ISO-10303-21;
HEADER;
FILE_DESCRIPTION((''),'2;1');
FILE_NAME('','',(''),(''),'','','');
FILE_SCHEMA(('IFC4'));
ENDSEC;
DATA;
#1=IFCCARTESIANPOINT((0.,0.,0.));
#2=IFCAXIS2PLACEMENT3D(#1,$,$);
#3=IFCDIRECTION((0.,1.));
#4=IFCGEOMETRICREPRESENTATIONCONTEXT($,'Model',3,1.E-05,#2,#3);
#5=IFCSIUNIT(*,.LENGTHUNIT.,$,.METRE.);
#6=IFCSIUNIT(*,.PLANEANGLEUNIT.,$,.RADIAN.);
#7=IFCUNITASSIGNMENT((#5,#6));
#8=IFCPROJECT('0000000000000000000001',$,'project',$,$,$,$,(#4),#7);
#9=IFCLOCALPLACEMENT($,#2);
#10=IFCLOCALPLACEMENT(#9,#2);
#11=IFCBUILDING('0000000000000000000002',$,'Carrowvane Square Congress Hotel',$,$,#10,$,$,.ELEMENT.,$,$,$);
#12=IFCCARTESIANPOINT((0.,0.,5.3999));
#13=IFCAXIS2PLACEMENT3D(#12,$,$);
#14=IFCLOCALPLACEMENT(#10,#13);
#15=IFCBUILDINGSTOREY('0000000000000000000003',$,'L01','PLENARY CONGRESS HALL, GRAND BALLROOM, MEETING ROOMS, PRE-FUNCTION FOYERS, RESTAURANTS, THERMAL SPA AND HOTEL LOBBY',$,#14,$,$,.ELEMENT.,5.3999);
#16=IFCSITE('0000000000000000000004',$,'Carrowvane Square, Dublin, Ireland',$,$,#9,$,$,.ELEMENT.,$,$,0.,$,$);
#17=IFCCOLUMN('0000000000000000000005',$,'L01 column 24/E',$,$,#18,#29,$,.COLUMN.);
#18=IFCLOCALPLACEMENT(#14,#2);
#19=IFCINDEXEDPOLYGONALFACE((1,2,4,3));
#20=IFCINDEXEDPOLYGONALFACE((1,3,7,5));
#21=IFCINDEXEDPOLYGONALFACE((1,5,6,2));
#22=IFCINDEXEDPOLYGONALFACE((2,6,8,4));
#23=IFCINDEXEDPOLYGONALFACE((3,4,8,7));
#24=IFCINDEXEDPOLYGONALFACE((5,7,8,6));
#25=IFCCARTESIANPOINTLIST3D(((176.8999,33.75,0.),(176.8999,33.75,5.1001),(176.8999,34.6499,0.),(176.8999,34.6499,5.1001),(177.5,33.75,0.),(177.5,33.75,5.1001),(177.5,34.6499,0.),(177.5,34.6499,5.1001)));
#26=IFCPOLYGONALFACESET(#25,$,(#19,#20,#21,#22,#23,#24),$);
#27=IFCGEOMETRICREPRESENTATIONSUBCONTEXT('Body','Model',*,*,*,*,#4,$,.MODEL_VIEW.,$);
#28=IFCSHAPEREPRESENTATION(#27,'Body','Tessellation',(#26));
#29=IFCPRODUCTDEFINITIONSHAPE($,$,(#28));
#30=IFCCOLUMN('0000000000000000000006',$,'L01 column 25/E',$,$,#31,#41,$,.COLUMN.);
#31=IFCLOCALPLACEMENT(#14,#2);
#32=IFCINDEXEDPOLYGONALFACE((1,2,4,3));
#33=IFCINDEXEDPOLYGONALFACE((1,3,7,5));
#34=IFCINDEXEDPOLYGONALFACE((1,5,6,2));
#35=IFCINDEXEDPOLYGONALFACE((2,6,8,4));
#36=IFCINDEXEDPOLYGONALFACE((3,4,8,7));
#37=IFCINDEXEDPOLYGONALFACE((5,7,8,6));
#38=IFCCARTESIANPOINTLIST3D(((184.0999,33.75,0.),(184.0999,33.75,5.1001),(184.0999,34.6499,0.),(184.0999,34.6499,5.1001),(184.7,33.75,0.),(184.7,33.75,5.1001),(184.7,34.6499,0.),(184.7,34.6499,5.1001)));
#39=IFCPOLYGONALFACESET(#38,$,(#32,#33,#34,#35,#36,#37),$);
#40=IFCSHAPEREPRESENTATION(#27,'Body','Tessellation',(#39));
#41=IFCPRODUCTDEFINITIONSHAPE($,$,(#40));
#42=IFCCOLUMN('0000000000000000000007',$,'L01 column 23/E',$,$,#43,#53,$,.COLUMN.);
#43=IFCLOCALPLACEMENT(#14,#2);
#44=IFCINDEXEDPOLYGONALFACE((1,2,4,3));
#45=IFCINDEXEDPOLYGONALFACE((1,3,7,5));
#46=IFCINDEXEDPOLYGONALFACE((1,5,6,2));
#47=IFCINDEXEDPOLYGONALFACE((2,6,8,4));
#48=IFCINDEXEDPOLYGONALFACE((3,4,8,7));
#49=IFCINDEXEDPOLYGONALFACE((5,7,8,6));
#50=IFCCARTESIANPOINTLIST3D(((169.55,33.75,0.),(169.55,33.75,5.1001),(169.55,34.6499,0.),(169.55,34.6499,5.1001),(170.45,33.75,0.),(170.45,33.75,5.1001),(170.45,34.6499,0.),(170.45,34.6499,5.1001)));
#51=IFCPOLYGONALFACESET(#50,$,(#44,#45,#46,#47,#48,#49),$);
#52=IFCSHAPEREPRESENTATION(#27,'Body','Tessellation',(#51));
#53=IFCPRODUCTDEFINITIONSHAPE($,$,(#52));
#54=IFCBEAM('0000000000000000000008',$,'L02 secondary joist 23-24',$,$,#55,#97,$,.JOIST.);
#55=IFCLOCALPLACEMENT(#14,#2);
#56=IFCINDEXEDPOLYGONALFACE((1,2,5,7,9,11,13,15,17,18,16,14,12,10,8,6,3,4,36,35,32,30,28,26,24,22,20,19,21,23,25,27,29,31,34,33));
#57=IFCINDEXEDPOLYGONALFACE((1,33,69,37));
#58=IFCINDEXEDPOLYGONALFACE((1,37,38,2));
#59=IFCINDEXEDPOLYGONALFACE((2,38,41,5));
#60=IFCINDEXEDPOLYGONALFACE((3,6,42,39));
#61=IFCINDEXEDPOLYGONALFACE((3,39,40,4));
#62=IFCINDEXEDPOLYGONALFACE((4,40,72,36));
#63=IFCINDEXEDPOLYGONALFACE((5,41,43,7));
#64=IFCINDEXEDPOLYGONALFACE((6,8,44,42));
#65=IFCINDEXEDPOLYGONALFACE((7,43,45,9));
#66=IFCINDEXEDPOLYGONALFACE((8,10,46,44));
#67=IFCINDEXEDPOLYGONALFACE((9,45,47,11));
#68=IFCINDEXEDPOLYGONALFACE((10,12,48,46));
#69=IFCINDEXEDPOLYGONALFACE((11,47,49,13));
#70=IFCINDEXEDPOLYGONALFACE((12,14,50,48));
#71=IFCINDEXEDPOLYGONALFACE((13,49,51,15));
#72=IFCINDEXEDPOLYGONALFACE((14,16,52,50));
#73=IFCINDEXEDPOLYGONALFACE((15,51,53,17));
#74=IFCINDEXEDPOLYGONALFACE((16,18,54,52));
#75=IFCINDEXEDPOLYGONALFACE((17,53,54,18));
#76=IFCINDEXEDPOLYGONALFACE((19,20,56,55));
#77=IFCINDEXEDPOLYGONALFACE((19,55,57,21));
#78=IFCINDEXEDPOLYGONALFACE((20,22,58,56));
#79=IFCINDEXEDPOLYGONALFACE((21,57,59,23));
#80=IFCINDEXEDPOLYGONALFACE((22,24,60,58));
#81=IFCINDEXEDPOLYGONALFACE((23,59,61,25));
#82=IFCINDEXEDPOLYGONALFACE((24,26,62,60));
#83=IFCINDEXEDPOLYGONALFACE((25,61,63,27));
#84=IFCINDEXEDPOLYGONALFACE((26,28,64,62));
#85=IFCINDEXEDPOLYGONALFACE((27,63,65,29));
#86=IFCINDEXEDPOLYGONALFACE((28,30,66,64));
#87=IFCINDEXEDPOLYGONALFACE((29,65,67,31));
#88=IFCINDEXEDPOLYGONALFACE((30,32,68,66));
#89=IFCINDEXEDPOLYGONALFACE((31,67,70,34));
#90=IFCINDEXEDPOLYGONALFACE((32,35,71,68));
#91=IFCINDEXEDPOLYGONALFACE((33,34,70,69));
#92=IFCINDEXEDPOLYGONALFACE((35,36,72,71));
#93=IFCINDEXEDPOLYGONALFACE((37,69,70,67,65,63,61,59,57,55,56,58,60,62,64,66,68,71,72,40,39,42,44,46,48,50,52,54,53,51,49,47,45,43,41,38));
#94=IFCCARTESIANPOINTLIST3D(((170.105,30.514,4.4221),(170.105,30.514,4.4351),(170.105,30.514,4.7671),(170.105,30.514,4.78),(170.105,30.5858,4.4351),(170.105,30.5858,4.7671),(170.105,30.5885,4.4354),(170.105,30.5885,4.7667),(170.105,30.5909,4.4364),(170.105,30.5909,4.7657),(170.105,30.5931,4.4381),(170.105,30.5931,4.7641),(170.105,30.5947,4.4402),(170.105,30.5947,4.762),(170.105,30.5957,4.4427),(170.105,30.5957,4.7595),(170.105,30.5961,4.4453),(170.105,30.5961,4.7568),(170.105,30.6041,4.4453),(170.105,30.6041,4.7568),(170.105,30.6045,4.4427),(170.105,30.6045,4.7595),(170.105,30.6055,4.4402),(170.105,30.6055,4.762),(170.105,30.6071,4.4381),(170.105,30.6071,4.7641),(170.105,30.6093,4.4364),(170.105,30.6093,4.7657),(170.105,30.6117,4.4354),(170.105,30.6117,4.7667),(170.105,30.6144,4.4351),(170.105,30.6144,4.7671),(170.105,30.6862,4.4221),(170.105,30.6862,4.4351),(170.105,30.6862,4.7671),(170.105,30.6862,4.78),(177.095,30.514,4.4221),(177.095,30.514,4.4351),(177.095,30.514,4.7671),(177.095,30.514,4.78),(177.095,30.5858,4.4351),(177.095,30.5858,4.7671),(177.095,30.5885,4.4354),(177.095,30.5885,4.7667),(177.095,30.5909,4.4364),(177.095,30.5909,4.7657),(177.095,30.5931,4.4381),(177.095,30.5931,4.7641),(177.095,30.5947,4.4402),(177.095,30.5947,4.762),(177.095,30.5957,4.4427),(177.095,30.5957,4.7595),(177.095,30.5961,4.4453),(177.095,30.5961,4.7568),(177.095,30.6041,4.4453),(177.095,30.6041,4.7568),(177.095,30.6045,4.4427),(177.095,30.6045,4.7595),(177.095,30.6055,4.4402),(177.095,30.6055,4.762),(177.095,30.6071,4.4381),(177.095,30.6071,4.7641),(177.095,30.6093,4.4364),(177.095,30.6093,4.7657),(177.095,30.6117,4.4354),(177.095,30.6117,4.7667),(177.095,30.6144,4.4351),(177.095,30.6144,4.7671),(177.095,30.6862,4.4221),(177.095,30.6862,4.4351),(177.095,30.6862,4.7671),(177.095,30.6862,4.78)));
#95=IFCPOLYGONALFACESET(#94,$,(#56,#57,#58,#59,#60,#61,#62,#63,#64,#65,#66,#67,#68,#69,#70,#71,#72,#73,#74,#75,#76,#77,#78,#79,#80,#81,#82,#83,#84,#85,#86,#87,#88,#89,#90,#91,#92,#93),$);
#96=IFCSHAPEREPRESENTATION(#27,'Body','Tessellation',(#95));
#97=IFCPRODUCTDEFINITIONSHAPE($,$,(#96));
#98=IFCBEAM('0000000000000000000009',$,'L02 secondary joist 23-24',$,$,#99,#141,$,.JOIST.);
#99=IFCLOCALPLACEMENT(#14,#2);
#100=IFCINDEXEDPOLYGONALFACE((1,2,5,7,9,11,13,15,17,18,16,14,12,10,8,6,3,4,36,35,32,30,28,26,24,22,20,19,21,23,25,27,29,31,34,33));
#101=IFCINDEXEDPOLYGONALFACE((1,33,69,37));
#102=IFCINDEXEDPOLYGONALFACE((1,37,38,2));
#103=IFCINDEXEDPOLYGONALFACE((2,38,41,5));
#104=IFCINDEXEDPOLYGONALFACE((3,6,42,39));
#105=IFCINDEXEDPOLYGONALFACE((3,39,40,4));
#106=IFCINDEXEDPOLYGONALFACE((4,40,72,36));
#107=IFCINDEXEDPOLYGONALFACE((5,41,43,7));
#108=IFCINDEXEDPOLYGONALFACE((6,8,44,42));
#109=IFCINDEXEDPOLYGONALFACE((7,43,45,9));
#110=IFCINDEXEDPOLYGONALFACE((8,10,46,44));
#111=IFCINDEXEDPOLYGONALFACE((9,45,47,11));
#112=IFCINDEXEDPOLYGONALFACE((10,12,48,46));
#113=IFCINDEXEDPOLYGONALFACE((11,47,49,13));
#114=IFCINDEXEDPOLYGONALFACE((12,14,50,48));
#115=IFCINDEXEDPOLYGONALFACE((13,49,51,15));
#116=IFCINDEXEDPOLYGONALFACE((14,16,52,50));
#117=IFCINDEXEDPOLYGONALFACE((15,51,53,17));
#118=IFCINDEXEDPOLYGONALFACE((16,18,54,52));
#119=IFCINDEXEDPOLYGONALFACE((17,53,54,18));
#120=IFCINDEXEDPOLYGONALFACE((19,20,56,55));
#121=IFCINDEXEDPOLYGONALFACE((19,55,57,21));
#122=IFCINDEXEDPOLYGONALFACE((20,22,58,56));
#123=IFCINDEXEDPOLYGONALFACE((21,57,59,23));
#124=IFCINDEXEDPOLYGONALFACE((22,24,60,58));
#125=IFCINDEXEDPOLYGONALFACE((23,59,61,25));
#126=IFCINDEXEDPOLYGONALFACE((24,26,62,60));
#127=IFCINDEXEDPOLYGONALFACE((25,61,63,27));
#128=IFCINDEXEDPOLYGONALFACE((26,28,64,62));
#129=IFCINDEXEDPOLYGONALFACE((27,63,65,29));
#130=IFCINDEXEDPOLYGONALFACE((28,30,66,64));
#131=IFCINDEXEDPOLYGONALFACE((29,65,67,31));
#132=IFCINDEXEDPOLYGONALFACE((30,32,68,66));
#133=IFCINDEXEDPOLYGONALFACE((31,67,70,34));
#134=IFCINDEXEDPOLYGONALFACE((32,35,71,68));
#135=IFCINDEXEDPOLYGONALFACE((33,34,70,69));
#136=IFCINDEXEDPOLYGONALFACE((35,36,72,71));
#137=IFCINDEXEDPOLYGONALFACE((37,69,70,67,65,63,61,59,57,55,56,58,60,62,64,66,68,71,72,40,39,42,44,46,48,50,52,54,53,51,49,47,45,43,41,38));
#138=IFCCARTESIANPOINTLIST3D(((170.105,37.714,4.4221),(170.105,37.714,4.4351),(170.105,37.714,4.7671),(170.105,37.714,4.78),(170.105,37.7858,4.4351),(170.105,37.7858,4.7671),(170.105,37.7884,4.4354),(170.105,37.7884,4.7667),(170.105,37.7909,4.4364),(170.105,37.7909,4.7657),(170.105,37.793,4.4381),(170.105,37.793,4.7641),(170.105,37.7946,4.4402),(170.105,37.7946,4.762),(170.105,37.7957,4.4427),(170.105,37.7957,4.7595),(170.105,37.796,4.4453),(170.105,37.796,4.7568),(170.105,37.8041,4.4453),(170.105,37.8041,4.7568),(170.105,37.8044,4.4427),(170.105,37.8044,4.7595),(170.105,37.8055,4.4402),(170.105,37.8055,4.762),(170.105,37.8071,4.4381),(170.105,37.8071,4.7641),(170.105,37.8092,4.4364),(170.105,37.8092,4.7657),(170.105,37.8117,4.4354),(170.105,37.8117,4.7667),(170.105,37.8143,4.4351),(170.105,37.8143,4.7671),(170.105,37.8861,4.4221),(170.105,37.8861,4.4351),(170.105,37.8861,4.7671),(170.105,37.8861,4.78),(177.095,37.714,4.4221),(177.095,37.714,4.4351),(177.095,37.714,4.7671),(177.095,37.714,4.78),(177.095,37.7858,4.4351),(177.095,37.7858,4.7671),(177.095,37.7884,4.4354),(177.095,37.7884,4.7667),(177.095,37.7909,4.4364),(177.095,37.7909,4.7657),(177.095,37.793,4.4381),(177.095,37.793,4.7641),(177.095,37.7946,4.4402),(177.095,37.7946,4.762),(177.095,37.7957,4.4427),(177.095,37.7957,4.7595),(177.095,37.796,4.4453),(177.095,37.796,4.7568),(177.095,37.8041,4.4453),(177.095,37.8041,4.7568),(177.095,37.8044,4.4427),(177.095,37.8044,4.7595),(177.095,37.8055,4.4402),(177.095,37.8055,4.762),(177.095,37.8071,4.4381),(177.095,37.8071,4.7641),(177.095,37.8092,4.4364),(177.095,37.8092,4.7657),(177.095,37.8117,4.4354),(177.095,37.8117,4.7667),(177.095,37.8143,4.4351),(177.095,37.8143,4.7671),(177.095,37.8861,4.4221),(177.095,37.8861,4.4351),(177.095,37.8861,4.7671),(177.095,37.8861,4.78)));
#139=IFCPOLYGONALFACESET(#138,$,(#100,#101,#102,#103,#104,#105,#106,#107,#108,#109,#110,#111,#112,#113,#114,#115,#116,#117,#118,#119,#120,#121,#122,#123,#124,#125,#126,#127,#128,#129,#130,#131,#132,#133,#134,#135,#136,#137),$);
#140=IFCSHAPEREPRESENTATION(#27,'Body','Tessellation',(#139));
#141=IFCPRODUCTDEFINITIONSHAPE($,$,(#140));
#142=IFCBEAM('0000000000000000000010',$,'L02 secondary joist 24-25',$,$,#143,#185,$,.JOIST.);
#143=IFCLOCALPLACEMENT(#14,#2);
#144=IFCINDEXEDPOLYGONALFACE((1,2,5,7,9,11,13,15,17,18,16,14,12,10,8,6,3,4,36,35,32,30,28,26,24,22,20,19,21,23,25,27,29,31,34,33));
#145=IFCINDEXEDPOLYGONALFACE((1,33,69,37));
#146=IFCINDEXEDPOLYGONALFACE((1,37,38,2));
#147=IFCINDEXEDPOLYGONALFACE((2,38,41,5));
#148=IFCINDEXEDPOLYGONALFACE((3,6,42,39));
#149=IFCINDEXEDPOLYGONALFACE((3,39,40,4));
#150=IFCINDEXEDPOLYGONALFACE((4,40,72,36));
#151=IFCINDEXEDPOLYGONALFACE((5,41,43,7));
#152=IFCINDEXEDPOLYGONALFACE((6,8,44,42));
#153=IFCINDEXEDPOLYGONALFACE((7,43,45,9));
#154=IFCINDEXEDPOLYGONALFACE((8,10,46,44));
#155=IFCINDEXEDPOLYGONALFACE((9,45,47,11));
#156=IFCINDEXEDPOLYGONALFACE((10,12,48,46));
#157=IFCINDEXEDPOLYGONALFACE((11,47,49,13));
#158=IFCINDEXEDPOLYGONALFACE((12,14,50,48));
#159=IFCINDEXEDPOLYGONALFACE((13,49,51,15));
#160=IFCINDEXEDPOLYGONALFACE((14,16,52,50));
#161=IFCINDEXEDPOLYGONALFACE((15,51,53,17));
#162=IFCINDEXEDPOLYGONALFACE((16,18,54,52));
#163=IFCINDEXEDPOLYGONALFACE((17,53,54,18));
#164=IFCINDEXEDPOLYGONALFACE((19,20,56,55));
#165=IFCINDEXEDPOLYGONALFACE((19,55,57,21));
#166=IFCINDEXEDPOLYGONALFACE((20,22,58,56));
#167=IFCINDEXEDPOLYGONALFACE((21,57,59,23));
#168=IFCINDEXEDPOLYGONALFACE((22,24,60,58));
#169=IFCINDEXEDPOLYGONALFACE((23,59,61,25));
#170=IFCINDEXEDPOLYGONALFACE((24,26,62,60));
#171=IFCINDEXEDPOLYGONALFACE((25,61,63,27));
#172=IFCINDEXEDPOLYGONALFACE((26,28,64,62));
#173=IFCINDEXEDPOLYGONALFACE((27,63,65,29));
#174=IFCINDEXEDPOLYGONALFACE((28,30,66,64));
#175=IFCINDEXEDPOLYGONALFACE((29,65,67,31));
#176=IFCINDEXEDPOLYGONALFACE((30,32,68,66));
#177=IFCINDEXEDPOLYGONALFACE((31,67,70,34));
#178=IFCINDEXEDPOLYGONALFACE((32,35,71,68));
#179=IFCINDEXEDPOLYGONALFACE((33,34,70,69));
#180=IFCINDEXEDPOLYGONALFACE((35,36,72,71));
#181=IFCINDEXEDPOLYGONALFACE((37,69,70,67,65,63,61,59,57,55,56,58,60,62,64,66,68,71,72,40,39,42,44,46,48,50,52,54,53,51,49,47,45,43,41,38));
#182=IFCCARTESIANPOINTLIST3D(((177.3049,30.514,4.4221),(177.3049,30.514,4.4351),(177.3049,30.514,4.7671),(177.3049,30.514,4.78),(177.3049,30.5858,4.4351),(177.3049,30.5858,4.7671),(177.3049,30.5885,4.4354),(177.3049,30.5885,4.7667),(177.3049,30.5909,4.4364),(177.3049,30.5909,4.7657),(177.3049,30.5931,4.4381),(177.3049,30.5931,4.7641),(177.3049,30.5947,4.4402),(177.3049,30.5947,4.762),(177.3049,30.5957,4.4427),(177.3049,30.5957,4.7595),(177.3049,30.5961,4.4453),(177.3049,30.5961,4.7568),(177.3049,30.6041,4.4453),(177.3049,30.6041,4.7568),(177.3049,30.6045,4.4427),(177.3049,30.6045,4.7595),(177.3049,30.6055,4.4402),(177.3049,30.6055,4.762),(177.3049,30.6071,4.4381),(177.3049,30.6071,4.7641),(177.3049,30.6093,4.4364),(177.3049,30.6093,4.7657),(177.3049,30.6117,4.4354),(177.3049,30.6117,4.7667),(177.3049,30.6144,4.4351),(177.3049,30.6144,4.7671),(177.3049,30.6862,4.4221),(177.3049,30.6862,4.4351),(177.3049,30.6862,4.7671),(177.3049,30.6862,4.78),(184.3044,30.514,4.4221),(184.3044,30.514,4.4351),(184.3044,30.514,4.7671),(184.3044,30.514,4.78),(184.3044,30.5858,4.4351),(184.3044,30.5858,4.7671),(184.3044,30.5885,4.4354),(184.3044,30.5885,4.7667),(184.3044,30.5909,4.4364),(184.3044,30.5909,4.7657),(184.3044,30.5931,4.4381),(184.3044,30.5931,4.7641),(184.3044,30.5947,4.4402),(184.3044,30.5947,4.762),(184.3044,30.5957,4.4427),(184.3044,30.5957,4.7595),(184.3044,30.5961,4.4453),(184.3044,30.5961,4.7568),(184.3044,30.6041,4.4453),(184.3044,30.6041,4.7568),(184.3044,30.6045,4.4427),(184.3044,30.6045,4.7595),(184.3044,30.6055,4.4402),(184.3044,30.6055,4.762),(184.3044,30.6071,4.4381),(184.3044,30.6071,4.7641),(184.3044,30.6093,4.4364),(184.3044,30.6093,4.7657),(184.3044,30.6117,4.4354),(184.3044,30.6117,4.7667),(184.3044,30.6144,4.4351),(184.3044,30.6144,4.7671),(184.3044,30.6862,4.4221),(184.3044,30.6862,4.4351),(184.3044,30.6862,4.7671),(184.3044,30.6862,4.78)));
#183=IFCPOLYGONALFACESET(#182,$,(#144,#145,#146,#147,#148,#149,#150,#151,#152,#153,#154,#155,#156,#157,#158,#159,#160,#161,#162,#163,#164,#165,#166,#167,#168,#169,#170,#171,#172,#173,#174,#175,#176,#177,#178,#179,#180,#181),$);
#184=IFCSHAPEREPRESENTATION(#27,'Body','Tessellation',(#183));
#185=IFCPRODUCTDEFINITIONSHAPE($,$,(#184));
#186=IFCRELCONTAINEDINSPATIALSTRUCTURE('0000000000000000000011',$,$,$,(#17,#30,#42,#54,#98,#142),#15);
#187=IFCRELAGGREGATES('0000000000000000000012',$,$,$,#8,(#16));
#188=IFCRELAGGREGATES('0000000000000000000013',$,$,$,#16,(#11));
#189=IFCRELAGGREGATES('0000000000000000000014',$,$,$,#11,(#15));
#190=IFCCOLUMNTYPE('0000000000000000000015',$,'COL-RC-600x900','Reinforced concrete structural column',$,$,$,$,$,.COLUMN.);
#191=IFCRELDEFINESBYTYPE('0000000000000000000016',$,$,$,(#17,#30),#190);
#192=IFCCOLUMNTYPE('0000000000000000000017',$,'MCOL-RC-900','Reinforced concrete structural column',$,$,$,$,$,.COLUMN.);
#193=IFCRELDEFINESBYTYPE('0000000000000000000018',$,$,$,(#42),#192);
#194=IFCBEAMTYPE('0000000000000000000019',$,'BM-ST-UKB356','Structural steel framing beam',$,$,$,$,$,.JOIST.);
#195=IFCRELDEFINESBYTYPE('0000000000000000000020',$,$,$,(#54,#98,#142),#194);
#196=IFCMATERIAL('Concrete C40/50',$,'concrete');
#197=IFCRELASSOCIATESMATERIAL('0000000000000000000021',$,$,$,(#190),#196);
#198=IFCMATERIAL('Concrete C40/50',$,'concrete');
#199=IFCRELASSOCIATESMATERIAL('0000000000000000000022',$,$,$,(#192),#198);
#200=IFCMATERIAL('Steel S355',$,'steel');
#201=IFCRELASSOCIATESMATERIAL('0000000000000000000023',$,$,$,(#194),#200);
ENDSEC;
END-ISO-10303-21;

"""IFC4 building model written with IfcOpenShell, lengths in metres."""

from ifc_helpers import new_model, si_unit, direction, frame, origin, origin_2d, place, context, subcontext, project, spatial, rectangle, i_section, extrude, material, material_profile, profile_set, type_object, element, save


model = new_model("IFC4")

# Units and contexts
model_context = context("Model", 3, precision=1e-05, world=origin(), true_north=direction((0.0, 1.0)))
body_context = subcontext(model_context, "Body", "Model", "MODEL_VIEW")
ifc_project = project(units=[si_unit("LENGTHUNIT", "METRE"), si_unit("PLANEANGLEUNIT", "RADIAN")], contexts=[model_context])

# Site, building, storey
site_placement = place(None, origin())
site = spatial("IfcSite", under=ifc_project, at=site_placement, Name="Carrowvane Square, Dublin, Ireland", CompositionType="ELEMENT", RefElevation=0.0)
building_placement = place(site_placement, origin())
building = spatial("IfcBuilding", under=site, at=building_placement, Name="Carrowvane Square Congress Hotel", CompositionType="ELEMENT")
storey_placement = place(building_placement, frame((0.0, 0.0, 5.3999)))
storey = spatial("IfcBuildingStorey", under=building, at=storey_placement, Name="L01", Description="PLENARY CONGRESS HALL, GRAND BALLROOM, MEETING ROOMS, PRE-FUNCTION FOYERS, RESTAURANTS, THERMAL SPA AND HOTEL LOBBY", CompositionType="ELEMENT", Elevation=5.3999)

# Columns
ifc_material_1 = material(Name="Concrete C40/50", Category="concrete")
ifc_material_profile_1 = material_profile(ifc_material_1, rectangle(XDim=0.6001, YDim=0.8999, at=origin_2d()), Name="RC 600x900")
ifc_profile_set_1 = profile_set([ifc_material_profile_1], Name="Concrete C40/50")
column_type_1 = type_object("IfcColumnType", Name="COL-RC-600x900", Description="Reinforced concrete structural column", PredefinedType="COLUMN", material=ifc_profile_set_1)
for number, where, z_axis, x_axis, name in (
    (1, (177.2, 34.2, 0.0), (0.0, 0.0, 1.0), (1.0, 0.0, 0.0), "L01 column 24/E"),
    (2, (184.3999, 34.2, 0.0), (0.0, 0.0, 1.0), (1.0, 0.0, 0.0), "L01 column 25/E"),
):
    element("IfcColumn", number, at=place(storey_placement, frame(where, z_axis=z_axis, x_axis=x_axis)), inside=storey, type_object=column_type_1, Name=name, PredefinedType="COLUMN", context=body_context, shape_type="SweptSolid", body=[
        extrude(rectangle(XDim=0.6001, YDim=0.8999, at=origin_2d()), origin(), (0.0, 0.0, 1.0), 5.1001),
    ])
ifc_material_2 = material(Name="Concrete C40/50", Category="concrete")
ifc_material_profile_2 = material_profile(ifc_material_2, rectangle(XDim=0.8999, YDim=0.8999, at=origin_2d()), Name="RC 900x900")
ifc_profile_set_2 = profile_set([ifc_material_profile_2], Name="Concrete C40/50")
column_type_2 = type_object("IfcColumnType", Name="MCOL-RC-900", Description="Reinforced concrete structural column", PredefinedType="COLUMN", material=ifc_profile_set_2)
column_placement = place(storey_placement, frame((170.0, 34.2, 0.0), z_axis=(0.0, 0.0, 1.0), x_axis=(1.0, 0.0, 0.0)))
element("IfcColumn", 3, at=column_placement, inside=storey, type_object=column_type_2, Name="L01 column 23/E", PredefinedType="COLUMN", context=body_context, shape_type="SweptSolid", body=[
    extrude(rectangle(XDim=0.8999, YDim=0.8999, at=origin_2d()), origin(), (0.0, 0.0, 1.0), 5.1001),
])

# Beams
ifc_material_3 = material(Name="Steel S355", Category="steel")
ifc_material_profile_3 = material_profile(ifc_material_3, i_section(OverallWidth=0.1721, OverallDepth=0.3579, WebThickness=0.0081, FlangeThickness=0.0129, FilletRadius=0.0103, at=origin_2d()), Name="UKB 356x171x57")
ifc_profile_set_3 = profile_set([ifc_material_profile_3], Name="Steel S355")
beam_type_1 = type_object("IfcBeamType", Name="BM-ST-UKB356", Description="Structural steel framing beam", PredefinedType="JOIST", material=ifc_profile_set_3)
for number, where, z_axis, x_axis, name in (
    (4, (170.105, 30.6001, 4.6011), (1.0, 0.0, 0.0), (0.0, 1.0, 0.0), "L02 secondary joist 23-24"),
    (5, (170.105, 37.8, 4.6011), (1.0, 0.0, 0.0), (0.0, 1.0, 0.0), "L02 secondary joist 23-24"),
):
    element("IfcBeam", number, at=place(storey_placement, frame(where, z_axis=z_axis, x_axis=x_axis)), inside=storey, type_object=beam_type_1, Name=name, PredefinedType="JOIST", context=body_context, shape_type="SweptSolid", body=[
        extrude(i_section(OverallWidth=0.1721, OverallDepth=0.3579, WebThickness=0.0081, FlangeThickness=0.0129, FilletRadius=0.0103, at=origin_2d()), origin(), (0.0, 0.0, 1.0), 6.99),
    ])
for number, where, z_axis, x_axis, name in (
    (6, (177.3049, 30.6001, 4.6011), (1.0, 0.0, 0.0), (0.0, 1.0, 0.0), "L02 secondary joist 24-25"),
):
    element("IfcBeam", number, at=place(storey_placement, frame(where, z_axis=z_axis, x_axis=x_axis)), inside=storey, type_object=beam_type_1, Name=name, PredefinedType="JOIST", context=body_context, shape_type="SweptSolid", body=[
        extrude(i_section(OverallWidth=0.1721, OverallDepth=0.3579, WebThickness=0.0081, FlangeThickness=0.0129, FilletRadius=0.0103, at=origin_2d()), origin(), (0.0, 0.0, 1.0), 6.9995),
    ])

save(model, "model.ifc")
